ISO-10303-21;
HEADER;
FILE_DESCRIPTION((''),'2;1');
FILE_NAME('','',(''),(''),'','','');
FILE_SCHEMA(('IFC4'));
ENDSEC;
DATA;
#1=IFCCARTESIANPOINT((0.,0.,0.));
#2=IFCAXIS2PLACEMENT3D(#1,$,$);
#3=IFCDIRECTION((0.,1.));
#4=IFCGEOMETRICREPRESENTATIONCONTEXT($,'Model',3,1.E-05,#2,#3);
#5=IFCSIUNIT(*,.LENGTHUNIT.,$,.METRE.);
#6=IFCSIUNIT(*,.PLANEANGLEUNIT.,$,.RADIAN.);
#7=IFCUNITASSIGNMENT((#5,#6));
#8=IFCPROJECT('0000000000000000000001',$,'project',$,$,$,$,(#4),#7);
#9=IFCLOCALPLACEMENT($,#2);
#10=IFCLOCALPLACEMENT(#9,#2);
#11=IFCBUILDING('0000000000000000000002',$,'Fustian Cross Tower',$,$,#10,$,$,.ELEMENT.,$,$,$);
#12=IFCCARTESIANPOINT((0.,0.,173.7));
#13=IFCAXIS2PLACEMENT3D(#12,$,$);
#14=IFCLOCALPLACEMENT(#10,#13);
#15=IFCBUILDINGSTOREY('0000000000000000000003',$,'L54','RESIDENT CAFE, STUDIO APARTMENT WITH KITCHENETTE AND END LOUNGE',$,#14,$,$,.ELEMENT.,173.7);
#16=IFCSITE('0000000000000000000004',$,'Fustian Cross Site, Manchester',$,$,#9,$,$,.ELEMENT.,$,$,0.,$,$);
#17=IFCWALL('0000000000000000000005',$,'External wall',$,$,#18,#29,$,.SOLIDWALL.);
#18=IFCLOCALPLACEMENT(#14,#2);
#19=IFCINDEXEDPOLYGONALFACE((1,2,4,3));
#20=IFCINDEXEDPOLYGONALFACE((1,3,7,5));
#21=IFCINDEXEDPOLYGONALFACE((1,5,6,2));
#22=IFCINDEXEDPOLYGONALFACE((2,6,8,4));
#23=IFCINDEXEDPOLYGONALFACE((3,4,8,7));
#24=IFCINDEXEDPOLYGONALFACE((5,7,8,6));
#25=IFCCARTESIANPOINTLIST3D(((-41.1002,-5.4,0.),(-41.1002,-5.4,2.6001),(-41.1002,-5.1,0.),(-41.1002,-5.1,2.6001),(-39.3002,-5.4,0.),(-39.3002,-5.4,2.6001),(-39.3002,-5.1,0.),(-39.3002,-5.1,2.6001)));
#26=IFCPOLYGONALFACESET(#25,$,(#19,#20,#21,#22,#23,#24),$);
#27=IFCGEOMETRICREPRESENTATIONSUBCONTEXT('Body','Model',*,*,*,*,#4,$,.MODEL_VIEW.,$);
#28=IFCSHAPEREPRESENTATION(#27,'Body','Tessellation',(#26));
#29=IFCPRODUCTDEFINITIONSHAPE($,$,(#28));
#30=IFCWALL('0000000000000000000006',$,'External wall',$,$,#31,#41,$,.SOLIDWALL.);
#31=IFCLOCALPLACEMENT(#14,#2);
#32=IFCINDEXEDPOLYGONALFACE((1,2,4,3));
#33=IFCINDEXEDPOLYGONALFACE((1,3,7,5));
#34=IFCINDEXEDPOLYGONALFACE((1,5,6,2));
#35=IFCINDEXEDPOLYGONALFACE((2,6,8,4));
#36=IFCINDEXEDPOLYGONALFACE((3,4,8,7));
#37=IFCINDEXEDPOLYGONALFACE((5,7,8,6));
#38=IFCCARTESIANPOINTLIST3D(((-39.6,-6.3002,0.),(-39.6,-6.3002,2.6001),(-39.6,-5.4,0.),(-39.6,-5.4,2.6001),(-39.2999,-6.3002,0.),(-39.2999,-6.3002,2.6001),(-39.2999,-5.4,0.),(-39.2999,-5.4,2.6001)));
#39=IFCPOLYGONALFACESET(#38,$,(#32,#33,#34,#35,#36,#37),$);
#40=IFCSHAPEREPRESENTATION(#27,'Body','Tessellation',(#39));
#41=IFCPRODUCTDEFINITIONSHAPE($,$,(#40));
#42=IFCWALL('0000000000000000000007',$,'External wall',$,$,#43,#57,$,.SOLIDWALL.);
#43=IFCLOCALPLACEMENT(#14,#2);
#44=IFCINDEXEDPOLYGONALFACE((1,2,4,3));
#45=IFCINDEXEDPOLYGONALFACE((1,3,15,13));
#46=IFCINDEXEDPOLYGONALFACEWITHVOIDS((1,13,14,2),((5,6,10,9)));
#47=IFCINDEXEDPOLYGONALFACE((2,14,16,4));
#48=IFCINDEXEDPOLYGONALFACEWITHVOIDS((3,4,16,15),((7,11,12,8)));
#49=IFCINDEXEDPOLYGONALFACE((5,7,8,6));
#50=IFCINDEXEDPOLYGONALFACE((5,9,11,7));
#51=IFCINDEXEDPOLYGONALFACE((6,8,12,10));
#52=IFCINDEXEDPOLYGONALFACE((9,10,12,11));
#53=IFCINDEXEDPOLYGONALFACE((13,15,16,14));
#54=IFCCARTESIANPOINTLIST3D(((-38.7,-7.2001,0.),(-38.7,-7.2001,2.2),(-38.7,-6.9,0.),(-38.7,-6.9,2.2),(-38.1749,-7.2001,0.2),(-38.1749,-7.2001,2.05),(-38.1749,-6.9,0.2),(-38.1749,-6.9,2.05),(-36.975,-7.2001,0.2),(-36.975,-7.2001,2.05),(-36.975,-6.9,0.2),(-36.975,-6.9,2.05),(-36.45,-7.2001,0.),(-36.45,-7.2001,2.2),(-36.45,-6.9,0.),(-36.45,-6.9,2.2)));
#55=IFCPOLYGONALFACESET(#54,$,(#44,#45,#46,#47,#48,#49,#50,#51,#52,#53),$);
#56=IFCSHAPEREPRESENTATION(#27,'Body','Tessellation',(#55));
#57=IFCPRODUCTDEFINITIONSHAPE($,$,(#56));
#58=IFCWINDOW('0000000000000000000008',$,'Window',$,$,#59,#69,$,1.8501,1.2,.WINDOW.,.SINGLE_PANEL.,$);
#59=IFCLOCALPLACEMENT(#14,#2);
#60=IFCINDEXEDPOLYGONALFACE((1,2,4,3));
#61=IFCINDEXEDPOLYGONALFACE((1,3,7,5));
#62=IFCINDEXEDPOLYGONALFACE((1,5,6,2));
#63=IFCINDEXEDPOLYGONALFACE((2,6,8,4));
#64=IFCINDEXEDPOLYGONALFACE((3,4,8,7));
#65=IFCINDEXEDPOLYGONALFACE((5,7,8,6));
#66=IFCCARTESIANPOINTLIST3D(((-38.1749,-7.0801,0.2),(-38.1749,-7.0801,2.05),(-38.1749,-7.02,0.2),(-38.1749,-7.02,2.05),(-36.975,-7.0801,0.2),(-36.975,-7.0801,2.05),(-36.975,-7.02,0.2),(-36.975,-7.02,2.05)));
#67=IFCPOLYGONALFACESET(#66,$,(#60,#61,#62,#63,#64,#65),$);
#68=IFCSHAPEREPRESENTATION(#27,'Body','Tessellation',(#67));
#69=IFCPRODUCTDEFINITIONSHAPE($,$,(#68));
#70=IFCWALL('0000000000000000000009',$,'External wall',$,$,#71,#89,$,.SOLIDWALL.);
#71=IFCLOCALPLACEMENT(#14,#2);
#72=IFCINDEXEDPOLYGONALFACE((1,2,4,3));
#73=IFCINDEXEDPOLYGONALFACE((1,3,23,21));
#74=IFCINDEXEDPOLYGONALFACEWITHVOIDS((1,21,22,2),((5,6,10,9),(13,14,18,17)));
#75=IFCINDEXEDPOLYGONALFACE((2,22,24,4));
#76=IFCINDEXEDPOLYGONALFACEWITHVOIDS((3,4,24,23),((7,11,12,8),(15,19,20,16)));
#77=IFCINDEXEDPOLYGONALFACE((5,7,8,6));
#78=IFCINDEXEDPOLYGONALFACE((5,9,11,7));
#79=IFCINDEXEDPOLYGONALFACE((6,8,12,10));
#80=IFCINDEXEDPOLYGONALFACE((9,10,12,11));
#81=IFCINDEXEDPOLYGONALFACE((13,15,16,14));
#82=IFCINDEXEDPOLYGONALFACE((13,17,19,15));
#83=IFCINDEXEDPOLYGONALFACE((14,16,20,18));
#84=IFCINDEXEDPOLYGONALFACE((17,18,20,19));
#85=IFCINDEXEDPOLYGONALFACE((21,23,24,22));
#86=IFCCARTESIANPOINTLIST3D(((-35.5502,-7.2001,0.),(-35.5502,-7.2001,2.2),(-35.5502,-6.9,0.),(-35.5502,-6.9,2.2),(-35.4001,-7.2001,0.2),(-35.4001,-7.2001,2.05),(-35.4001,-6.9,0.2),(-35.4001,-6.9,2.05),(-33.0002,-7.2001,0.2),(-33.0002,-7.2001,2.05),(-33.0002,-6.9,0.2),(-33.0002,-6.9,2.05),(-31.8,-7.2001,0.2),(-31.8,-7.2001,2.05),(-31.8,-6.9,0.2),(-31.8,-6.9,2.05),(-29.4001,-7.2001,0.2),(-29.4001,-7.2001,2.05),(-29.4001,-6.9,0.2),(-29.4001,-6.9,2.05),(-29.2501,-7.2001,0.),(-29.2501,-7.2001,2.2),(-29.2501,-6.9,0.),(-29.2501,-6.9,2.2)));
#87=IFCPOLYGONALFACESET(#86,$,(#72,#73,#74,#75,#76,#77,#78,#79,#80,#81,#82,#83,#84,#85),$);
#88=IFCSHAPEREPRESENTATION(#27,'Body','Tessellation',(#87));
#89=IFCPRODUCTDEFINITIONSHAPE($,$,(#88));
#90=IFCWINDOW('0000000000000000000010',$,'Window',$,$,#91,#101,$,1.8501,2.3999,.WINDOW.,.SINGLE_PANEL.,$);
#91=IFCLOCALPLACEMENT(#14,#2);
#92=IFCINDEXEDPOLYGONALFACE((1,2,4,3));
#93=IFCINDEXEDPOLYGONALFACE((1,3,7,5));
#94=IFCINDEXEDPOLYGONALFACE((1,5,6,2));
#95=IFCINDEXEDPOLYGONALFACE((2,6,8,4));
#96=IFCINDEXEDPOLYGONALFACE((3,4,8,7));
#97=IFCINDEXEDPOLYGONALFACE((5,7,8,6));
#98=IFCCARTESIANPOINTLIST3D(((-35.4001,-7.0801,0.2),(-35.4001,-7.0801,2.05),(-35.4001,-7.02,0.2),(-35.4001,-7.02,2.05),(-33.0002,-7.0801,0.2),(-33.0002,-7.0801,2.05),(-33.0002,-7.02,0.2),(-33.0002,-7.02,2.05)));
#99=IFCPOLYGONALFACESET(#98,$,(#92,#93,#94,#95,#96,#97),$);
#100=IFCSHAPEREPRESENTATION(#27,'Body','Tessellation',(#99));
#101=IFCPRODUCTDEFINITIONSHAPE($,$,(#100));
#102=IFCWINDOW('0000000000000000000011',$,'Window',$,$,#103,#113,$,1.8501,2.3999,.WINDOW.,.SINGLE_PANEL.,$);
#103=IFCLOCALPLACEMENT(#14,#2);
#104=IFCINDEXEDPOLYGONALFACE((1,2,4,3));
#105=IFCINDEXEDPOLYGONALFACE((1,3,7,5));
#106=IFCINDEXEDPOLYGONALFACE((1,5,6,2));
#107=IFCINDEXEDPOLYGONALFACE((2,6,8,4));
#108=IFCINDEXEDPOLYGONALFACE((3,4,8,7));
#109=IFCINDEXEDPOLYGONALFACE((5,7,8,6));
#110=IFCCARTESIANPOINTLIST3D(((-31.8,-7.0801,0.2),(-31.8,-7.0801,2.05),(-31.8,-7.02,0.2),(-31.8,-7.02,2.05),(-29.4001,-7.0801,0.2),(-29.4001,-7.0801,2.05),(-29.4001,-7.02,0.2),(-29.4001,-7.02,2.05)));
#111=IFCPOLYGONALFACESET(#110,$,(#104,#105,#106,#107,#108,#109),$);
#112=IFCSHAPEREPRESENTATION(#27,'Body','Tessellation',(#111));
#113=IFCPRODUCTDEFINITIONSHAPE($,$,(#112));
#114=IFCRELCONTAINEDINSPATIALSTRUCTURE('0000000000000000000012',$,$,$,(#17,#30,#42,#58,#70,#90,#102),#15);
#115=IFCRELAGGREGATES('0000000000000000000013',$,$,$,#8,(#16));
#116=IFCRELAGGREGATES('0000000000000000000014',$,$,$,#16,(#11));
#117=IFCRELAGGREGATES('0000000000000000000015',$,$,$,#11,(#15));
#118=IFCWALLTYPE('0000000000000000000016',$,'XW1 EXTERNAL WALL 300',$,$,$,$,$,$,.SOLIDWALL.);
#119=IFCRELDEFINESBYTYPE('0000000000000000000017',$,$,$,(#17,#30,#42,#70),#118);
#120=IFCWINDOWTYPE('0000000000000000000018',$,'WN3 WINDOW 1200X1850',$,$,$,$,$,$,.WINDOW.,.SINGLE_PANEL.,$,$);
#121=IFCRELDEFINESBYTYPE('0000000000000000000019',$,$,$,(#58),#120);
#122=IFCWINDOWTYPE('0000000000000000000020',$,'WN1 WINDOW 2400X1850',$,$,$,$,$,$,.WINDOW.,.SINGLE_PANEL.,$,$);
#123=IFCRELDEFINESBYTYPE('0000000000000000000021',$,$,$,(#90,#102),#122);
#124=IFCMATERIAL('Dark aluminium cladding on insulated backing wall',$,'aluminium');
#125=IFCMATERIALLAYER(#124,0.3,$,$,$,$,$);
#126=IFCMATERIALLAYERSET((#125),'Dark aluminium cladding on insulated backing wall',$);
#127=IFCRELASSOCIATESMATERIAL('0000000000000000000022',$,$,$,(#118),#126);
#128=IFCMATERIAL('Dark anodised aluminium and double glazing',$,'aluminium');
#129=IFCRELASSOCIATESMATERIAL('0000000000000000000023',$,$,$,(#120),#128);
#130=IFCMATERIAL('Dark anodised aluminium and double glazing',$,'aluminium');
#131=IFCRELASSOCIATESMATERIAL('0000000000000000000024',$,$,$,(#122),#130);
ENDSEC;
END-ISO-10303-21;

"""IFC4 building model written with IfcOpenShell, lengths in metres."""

from ifc_helpers import new_model, si_unit, direction, frame, frame_2d, origin, place, context, subcontext, project, spatial, rectangle, extrude, material, layer, layer_set, type_object, element, fill, save


model = new_model("IFC4")

# Units and contexts
model_context = context("Model", 3, precision=1e-05, world=origin(), true_north=direction((0.0, 1.0)))
body_context = subcontext(model_context, "Body", "Model", "MODEL_VIEW")
ifc_project = project(units=[si_unit("LENGTHUNIT", "METRE"), si_unit("PLANEANGLEUNIT", "RADIAN")], contexts=[model_context])

# Site, building, storey
site_placement = place(None, origin())
site = spatial("IfcSite", under=ifc_project, at=site_placement, Name="Fustian Cross Site, Manchester", CompositionType="ELEMENT", RefElevation=0.0)
building_placement = place(site_placement, origin())
building = spatial("IfcBuilding", under=site, at=building_placement, Name="Fustian Cross Tower", CompositionType="ELEMENT")
storey_placement = place(building_placement, frame((0.0, 0.0, 173.7)))
storey = spatial("IfcBuildingStorey", under=building, at=storey_placement, Name="L54", Description="RESIDENT CAFE, STUDIO APARTMENT WITH KITCHENETTE AND END LOUNGE", CompositionType="ELEMENT", Elevation=173.7)

# Shared definitions
ifc_material_1 = material(Name="Dark aluminium cladding on insulated backing wall", Category="aluminium")
ifc_layer_1 = layer(ifc_material_1, 0.3)
ifc_layer_set_1 = layer_set([ifc_layer_1], Name="Dark aluminium cladding on insulated backing wall")
wall_type_1 = type_object("IfcWallType", Name="XW1 EXTERNAL WALL 300", PredefinedType="SOLIDWALL", material=ifc_layer_set_1)

# Shared definitions
ifc_material_2 = material(Name="Dark anodised aluminium and double glazing", Category="aluminium")
window_type_1 = type_object("IfcWindowType", Name="WN3 WINDOW 1200X1850", PartitioningType="SINGLE_PANEL", PredefinedType="WINDOW", material=ifc_material_2)

# Walls
wall_1_placement = place(storey_placement, frame((-41.1001, -5.25, 0.0), z_axis=(0.0, 0.0, 1.0), x_axis=(1.0, 0.0, 0.0)))
element("IfcWall", 1, at=wall_1_placement, inside=storey, type_object=wall_type_1, Name="External wall", PredefinedType="SOLIDWALL", context=body_context, shape_type="SweptSolid", body=[
    extrude(rectangle(XDim=1.8, YDim=0.3, at=frame_2d((0.8999, 0.0))), origin(), (0.0, 0.0, 1.0), 2.6001),
])
wall_2_placement = place(storey_placement, frame((-39.45, -5.3999, 0.0), z_axis=(0.0, 0.0, 1.0), x_axis=(0.0, -1.0, 0.0)))
element("IfcWall", 2, at=wall_2_placement, inside=storey, type_object=wall_type_1, Name="External wall", PredefinedType="SOLIDWALL", context=body_context, shape_type="SweptSolid", body=[
    extrude(rectangle(XDim=0.9001, YDim=0.3, at=frame_2d((0.4502, 0.0))), origin(), (0.0, 0.0, 1.0), 2.6001),
])

# Wall, opening, window
wall_3_placement = place(storey_placement, frame((-38.7, -7.05, 0.0), z_axis=(0.0, 0.0, 1.0), x_axis=(1.0, 0.0, 0.0)))
wall_3 = element("IfcWall", 3, at=wall_3_placement, inside=storey, type_object=wall_type_1, Name="External wall", PredefinedType="SOLIDWALL", context=body_context, shape_type="SweptSolid", body=[
    extrude(rectangle(XDim=2.25, YDim=0.3, at=frame_2d((1.125, 0.0))), origin(), (0.0, 0.0, 1.0), 2.2),
])
opening_1_placement = place(wall_3_placement, frame((0.5249, 0.0, 0.2)))
opening_1 = element("IfcOpeningElement", 4, at=opening_1_placement, cuts=wall_3, PredefinedType="OPENING", context=body_context, shape_type="SweptSolid", body=[
    extrude(rectangle(XDim=1.2, YDim=1.8501, at=frame_2d((0.6001, 0.925))), frame((0.0, 0.1599, 0.0), z_axis=(0.0, -1.0, 0.0), x_axis=(1.0, 0.0, 0.0)), (0.0, 0.0, 1.0), 0.3201),
])
window_1_placement = place(opening_1_placement, origin())
window_1 = element("IfcWindow", 5, at=window_1_placement, inside=storey, type_object=window_type_1, Name="Window", OverallHeight=1.8501, OverallWidth=1.2, PartitioningType="SINGLE_PANEL", PredefinedType="WINDOW", context=body_context, shape_type="SweptSolid", body=[
    extrude(rectangle(XDim=1.2, YDim=1.8501, at=frame_2d((0.6001, 0.925))), frame((0.0, 0.03, 0.0), z_axis=(0.0, -1.0, 0.0), x_axis=(1.0, 0.0, 0.0)), (0.0, 0.0, 1.0), 0.0601),
])
fill(opening_1, window_1)

# Wall, openings, windows
wall_4_placement = place(storey_placement, frame((-35.55, -7.05, 0.0), z_axis=(0.0, 0.0, 1.0), x_axis=(1.0, 0.0, 0.0)))
wall_4 = element("IfcWall", 6, at=wall_4_placement, inside=storey, type_object=wall_type_1, Name="External wall", PredefinedType="SOLIDWALL", context=body_context, shape_type="SweptSolid", body=[
    extrude(rectangle(XDim=6.3, YDim=0.3, at=frame_2d((3.1499, 0.0))), origin(), (0.0, 0.0, 1.0), 2.2),
])
opening_2_placement = place(wall_4_placement, frame((0.1499, 0.0, 0.2)))
opening_2 = element("IfcOpeningElement", 7, at=opening_2_placement, cuts=wall_4, PredefinedType="OPENING", context=body_context, shape_type="SweptSolid", body=[
    extrude(rectangle(XDim=2.3999, YDim=1.8501, at=frame_2d((1.2, 0.925))), frame((0.0, 0.1599, 0.0), z_axis=(0.0, -1.0, 0.0), x_axis=(1.0, 0.0, 0.0)), (0.0, 0.0, 1.0), 0.3201),
])
opening_3_placement = place(wall_4_placement, frame((3.75, 0.0, 0.2)))
opening_3 = element("IfcOpeningElement", 8, at=opening_3_placement, cuts=wall_4, PredefinedType="OPENING", context=body_context, shape_type="SweptSolid", body=[
    extrude(rectangle(XDim=2.3999, YDim=1.8501, at=frame_2d((1.2, 0.925))), frame((0.0, 0.1599, 0.0), z_axis=(0.0, -1.0, 0.0), x_axis=(1.0, 0.0, 0.0)), (0.0, 0.0, 1.0), 0.3201),
])
ifc_material_3 = material(Name="Dark anodised aluminium and double glazing", Category="aluminium")
window_type_2 = type_object("IfcWindowType", Name="WN1 WINDOW 2400X1850", PartitioningType="SINGLE_PANEL", PredefinedType="WINDOW", material=ifc_material_3)
window_2_placement = place(opening_2_placement, origin())
window_2 = element("IfcWindow", 9, at=window_2_placement, inside=storey, type_object=window_type_2, Name="Window", OverallHeight=1.8501, OverallWidth=2.3999, PartitioningType="SINGLE_PANEL", PredefinedType="WINDOW", context=body_context, shape_type="SweptSolid", body=[
    extrude(rectangle(XDim=2.3999, YDim=1.8501, at=frame_2d((1.2, 0.925))), frame((0.0, 0.03, 0.0), z_axis=(0.0, -1.0, 0.0), x_axis=(1.0, 0.0, 0.0)), (0.0, 0.0, 1.0), 0.0601),
])
fill(opening_2, window_2)
window_3_placement = place(opening_3_placement, origin())
window_3 = element("IfcWindow", 10, at=window_3_placement, inside=storey, type_object=window_type_2, Name="Window", OverallHeight=1.8501, OverallWidth=2.3999, PartitioningType="SINGLE_PANEL", PredefinedType="WINDOW", context=body_context, shape_type="SweptSolid", body=[
    extrude(rectangle(XDim=2.3999, YDim=1.8501, at=frame_2d((1.2, 0.925))), frame((0.0, 0.03, 0.0), z_axis=(0.0, -1.0, 0.0), x_axis=(1.0, 0.0, 0.0)), (0.0, 0.0, 1.0), 0.0601),
])
fill(opening_3, window_3)

save(model, "model.ifc")
